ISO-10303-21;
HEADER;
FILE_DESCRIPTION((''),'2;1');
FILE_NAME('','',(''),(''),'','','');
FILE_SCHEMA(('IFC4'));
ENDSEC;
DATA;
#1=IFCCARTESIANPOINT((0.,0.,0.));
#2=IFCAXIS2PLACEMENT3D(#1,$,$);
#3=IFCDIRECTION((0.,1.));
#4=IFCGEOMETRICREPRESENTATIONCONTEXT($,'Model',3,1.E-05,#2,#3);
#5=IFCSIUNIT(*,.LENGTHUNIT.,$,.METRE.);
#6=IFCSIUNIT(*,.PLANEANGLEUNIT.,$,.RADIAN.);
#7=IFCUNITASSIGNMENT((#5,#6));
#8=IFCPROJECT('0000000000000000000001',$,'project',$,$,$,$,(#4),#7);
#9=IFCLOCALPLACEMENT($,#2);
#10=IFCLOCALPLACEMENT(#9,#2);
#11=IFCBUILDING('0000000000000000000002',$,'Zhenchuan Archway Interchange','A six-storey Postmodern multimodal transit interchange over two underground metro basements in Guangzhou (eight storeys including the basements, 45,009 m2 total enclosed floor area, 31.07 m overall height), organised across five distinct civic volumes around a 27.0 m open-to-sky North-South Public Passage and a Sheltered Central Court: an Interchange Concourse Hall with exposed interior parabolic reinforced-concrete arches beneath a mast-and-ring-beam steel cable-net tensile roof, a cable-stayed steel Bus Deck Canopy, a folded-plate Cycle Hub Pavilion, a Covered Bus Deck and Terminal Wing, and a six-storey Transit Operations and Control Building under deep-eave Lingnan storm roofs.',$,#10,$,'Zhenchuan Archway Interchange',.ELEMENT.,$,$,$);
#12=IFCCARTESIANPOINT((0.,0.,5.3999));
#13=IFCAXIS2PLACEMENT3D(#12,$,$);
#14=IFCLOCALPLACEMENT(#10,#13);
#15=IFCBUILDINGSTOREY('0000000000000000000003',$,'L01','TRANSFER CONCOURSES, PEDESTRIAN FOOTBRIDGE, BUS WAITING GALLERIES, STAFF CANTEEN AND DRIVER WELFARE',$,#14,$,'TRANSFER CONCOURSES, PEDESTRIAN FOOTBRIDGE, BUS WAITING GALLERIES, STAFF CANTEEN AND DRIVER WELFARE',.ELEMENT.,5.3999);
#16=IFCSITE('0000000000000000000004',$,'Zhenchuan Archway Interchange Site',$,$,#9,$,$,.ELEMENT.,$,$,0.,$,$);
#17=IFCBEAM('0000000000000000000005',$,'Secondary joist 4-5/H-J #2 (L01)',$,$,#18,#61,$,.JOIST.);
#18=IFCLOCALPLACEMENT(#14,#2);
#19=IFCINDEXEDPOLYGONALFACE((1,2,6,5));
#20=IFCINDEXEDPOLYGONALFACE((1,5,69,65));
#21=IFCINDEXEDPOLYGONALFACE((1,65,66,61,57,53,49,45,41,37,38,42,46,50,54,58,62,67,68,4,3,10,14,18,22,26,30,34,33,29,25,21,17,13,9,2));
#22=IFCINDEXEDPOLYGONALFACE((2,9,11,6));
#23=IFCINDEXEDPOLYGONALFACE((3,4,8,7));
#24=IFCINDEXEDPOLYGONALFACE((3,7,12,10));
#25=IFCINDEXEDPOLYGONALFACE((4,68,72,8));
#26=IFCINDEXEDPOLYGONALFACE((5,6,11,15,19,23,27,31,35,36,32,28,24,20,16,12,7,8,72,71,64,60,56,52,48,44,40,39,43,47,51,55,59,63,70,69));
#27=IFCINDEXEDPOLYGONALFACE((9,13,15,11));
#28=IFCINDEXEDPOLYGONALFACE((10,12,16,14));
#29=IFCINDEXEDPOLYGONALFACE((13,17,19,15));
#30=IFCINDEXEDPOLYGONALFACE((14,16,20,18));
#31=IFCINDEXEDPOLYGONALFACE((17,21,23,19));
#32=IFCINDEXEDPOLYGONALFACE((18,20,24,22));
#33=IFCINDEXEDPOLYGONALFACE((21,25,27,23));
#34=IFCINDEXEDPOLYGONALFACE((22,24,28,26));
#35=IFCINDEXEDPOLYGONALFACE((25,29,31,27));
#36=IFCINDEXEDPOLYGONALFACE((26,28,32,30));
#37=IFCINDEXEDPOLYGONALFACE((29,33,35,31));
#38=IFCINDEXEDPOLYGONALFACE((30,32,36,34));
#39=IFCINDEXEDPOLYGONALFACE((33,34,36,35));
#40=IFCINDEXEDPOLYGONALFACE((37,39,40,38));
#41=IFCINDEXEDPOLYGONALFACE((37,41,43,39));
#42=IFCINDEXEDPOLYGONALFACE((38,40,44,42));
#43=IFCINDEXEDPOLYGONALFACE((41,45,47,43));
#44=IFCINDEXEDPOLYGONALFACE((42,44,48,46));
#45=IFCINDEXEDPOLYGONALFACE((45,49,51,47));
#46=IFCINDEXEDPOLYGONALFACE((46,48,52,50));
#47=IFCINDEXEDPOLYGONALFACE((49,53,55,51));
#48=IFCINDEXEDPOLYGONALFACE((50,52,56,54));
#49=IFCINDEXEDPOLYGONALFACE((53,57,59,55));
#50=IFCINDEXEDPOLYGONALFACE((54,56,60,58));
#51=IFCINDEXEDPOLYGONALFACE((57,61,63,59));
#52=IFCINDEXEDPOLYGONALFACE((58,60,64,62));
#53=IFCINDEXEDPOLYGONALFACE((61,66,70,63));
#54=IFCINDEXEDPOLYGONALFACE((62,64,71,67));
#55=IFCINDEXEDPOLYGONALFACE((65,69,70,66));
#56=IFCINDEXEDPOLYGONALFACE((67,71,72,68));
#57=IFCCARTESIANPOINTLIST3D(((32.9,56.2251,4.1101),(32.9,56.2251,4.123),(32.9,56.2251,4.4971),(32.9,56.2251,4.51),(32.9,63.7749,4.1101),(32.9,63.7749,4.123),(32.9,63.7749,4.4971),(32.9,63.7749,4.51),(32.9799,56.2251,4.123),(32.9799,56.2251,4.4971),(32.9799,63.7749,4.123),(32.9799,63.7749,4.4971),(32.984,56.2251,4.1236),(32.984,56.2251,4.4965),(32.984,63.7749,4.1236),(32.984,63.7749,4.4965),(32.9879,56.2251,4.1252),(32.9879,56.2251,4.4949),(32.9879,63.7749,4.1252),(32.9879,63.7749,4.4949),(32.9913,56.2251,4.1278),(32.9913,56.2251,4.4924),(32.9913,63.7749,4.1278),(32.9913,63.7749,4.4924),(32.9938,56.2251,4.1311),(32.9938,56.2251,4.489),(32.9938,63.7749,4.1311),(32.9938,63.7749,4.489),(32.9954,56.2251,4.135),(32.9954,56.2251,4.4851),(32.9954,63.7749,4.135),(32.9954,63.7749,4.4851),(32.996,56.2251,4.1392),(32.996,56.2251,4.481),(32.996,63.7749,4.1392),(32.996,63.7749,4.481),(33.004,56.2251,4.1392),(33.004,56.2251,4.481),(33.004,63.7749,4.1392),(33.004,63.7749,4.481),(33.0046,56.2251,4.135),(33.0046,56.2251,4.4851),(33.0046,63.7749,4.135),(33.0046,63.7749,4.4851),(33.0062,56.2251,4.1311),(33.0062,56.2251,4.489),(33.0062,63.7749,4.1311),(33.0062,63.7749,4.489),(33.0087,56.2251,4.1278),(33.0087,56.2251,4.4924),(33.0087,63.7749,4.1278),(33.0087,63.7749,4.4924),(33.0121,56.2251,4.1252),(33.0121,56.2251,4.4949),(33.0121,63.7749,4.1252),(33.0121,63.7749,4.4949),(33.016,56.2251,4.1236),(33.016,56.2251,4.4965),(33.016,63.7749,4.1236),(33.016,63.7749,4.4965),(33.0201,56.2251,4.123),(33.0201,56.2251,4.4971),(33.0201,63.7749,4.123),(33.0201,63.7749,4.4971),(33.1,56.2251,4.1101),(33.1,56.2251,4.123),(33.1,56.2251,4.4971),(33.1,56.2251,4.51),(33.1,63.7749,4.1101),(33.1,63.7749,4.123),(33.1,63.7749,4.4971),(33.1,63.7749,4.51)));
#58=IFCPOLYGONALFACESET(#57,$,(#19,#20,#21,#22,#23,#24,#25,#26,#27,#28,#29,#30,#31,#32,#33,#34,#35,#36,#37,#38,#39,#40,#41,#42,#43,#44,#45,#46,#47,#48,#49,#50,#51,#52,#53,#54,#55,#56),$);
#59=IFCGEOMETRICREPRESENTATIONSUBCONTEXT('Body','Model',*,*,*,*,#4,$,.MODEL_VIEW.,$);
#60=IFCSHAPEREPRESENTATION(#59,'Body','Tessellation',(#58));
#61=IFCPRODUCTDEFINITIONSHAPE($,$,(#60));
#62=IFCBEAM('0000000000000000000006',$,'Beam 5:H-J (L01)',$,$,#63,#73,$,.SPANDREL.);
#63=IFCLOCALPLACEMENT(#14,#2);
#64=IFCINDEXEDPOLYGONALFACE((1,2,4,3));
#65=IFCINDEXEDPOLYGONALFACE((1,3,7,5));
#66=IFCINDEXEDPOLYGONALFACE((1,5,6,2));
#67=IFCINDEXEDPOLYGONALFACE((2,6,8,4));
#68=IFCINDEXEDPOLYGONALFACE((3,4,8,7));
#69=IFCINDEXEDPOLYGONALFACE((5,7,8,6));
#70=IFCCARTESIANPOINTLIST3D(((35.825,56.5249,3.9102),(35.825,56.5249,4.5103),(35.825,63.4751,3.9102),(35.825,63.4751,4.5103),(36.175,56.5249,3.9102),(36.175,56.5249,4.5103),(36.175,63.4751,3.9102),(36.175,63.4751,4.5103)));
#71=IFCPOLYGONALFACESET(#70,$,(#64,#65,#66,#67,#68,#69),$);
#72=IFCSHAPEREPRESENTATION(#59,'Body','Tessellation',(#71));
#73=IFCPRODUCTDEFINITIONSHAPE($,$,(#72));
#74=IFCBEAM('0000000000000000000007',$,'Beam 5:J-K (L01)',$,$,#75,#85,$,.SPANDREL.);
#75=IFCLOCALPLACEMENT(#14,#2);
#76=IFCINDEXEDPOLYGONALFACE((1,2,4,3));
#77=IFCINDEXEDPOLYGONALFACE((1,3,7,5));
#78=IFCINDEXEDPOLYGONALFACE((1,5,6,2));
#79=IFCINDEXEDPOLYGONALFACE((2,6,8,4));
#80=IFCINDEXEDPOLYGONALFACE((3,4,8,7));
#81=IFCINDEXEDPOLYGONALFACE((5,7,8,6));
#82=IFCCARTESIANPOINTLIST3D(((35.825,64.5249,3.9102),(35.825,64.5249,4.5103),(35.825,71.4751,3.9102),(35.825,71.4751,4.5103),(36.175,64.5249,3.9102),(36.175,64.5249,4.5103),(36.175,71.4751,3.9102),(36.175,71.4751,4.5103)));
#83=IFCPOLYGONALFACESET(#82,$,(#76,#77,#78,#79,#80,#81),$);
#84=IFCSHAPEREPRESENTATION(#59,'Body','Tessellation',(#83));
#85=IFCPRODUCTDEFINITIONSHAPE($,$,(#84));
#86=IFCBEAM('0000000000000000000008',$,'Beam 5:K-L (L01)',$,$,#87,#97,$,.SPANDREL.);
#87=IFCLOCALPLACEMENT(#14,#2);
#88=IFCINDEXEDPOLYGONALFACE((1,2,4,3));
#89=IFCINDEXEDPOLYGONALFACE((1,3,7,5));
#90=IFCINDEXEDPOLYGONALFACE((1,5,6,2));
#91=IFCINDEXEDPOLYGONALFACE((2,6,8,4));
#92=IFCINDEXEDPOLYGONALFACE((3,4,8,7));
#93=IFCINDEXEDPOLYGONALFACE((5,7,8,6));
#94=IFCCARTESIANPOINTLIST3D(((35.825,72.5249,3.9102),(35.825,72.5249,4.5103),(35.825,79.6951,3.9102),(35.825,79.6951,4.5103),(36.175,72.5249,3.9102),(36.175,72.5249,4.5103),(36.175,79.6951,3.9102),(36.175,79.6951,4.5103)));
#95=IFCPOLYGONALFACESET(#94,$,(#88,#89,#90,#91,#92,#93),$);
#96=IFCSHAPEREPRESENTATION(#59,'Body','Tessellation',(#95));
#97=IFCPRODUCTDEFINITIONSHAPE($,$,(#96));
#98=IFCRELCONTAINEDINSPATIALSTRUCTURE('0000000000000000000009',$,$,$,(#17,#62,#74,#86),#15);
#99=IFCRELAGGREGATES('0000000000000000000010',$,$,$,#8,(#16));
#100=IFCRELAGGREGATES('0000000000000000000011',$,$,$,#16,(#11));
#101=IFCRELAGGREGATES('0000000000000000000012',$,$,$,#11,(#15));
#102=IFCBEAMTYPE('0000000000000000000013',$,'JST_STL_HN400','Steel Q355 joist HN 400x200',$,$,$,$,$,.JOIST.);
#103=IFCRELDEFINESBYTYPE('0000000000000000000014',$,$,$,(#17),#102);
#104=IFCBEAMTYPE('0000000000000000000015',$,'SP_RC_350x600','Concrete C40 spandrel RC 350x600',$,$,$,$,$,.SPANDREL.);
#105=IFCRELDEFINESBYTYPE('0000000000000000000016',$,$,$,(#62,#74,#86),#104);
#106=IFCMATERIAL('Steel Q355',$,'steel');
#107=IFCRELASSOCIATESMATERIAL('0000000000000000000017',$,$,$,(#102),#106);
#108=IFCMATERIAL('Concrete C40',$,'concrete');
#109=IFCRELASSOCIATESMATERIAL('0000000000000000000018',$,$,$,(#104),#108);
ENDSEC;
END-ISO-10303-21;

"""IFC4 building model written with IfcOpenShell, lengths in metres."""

from ifc_helpers import new_model, si_unit, direction, frame, origin, origin_2d, place, context, subcontext, project, spatial, rectangle, i_section, extrude, material, material_profile, profile_set, type_object, element, save


model = new_model("IFC4")

# Units and contexts
model_context = context("Model", 3, precision=1e-05, world=origin(), true_north=direction((0.0, 1.0)))
body_context = subcontext(model_context, "Body", "Model", "MODEL_VIEW")
ifc_project = project(units=[si_unit("LENGTHUNIT", "METRE"), si_unit("PLANEANGLEUNIT", "RADIAN")], contexts=[model_context])

# Site, building, storey
site_placement = place(None, origin())
site = spatial("IfcSite", under=ifc_project, at=site_placement, Name="Zhenchuan Archway Interchange Site", CompositionType="ELEMENT", RefElevation=0.0)
building_placement = place(site_placement, origin())
building = spatial("IfcBuilding", under=site, at=building_placement, Name="Zhenchuan Archway Interchange", Description="A six-storey Postmodern multimodal transit interchange over two underground metro basements in Guangzhou (eight storeys including the basements, 45,009 m2 total enclosed floor area, 31.07 m overall height), organised across five distinct civic volumes around a 27.0 m open-to-sky North-South Public Passage and a Sheltered Central Court: an Interchange Concourse Hall with exposed interior parabolic reinforced-concrete arches beneath a mast-and-ring-beam steel cable-net tensile roof, a cable-stayed steel Bus Deck Canopy, a folded-plate Cycle Hub Pavilion, a Covered Bus Deck and Terminal Wing, and a six-storey Transit Operations and Control Building under deep-eave Lingnan storm roofs.", LongName="Zhenchuan Archway Interchange", CompositionType="ELEMENT")
storey_placement = place(building_placement, frame((0.0, 0.0, 5.3999)))
storey = spatial("IfcBuildingStorey", under=building, at=storey_placement, Name="L01", Description="TRANSFER CONCOURSES, PEDESTRIAN FOOTBRIDGE, BUS WAITING GALLERIES, STAFF CANTEEN AND DRIVER WELFARE", LongName="TRANSFER CONCOURSES, PEDESTRIAN FOOTBRIDGE, BUS WAITING GALLERIES, STAFF CANTEEN AND DRIVER WELFARE", CompositionType="ELEMENT", Elevation=5.3999)

# Shared definitions
ifc_material_1 = material(Name="Concrete C40", Category="concrete")

# Beams
ifc_material_2 = material(Name="Steel Q355", Category="steel")
ifc_material_profile_1 = material_profile(ifc_material_2, i_section(OverallWidth=0.2, OverallDepth=0.3999, WebThickness=0.0081, FlangeThickness=0.0129, FilletRadius=0.0161, at=origin_2d()), Name="HN 400x200")
ifc_profile_set_1 = profile_set([ifc_material_profile_1], Name="Steel Q355")
beam_type_1 = type_object("IfcBeamType", Name="JST_STL_HN400", Description="Steel Q355 joist HN 400x200", PredefinedType="JOIST", material=ifc_profile_set_1)
for number, where, z_axis, x_axis, name in (
    (1, (33.0, 56.2251, 4.3101), (0.0, 1.0, 0.0), (-1.0, 0.0, 0.0), "Secondary joist 4-5/H-J #2 (L01)"),
):
    element("IfcBeam", number, at=place(storey_placement, frame(where, z_axis=z_axis, x_axis=x_axis)), inside=storey, type_object=beam_type_1, Name=name, PredefinedType="JOIST", context=body_context, shape_type="SweptSolid", body=[
        extrude(i_section(OverallWidth=0.2, OverallDepth=0.3999, WebThickness=0.0081, FlangeThickness=0.0129, FilletRadius=0.0161, at=origin_2d()), origin(), (0.0, 0.0, 1.0), 7.5498),
    ])
ifc_material_profile_2 = material_profile(ifc_material_1, rectangle(XDim=0.3501, YDim=0.6001, at=origin_2d()), Name="RC 350x600")
ifc_profile_set_2 = profile_set([ifc_material_profile_2], Name="Concrete C40")
beam_type_2 = type_object("IfcBeamType", Name="SP_RC_350x600", Description="Concrete C40 spandrel RC 350x600", PredefinedType="SPANDREL", material=ifc_profile_set_2)
for number, where, z_axis, x_axis, name in (
    (2, (36.0, 56.5249, 4.2102), (0.0, 1.0, 0.0), (-1.0, 0.0, 0.0), "Beam 5:H-J (L01)"),
    (3, (36.0, 64.5249, 4.2102), (0.0, 1.0, 0.0), (-1.0, 0.0, 0.0), "Beam 5:J-K (L01)"),
):
    element("IfcBeam", number, at=place(storey_placement, frame(where, z_axis=z_axis, x_axis=x_axis)), inside=storey, type_object=beam_type_2, Name=name, PredefinedType="SPANDREL", context=body_context, shape_type="SweptSolid", body=[
        extrude(rectangle(XDim=0.3501, YDim=0.6001, at=origin_2d()), origin(), (0.0, 0.0, 1.0), 6.9502),
    ])
beam_1_placement = place(storey_placement, frame((36.0, 72.5249, 4.2102), z_axis=(0.0, 1.0, 0.0), x_axis=(-1.0, 0.0, 0.0)))
element("IfcBeam", 4, at=beam_1_placement, inside=storey, type_object=beam_type_2, Name="Beam 5:K-L (L01)", PredefinedType="SPANDREL", context=body_context, shape_type="SweptSolid", body=[
    extrude(rectangle(XDim=0.3501, YDim=0.6001, at=origin_2d()), origin(), (0.0, 0.0, 1.0), 7.1702),
])

save(model, "model.ifc")
